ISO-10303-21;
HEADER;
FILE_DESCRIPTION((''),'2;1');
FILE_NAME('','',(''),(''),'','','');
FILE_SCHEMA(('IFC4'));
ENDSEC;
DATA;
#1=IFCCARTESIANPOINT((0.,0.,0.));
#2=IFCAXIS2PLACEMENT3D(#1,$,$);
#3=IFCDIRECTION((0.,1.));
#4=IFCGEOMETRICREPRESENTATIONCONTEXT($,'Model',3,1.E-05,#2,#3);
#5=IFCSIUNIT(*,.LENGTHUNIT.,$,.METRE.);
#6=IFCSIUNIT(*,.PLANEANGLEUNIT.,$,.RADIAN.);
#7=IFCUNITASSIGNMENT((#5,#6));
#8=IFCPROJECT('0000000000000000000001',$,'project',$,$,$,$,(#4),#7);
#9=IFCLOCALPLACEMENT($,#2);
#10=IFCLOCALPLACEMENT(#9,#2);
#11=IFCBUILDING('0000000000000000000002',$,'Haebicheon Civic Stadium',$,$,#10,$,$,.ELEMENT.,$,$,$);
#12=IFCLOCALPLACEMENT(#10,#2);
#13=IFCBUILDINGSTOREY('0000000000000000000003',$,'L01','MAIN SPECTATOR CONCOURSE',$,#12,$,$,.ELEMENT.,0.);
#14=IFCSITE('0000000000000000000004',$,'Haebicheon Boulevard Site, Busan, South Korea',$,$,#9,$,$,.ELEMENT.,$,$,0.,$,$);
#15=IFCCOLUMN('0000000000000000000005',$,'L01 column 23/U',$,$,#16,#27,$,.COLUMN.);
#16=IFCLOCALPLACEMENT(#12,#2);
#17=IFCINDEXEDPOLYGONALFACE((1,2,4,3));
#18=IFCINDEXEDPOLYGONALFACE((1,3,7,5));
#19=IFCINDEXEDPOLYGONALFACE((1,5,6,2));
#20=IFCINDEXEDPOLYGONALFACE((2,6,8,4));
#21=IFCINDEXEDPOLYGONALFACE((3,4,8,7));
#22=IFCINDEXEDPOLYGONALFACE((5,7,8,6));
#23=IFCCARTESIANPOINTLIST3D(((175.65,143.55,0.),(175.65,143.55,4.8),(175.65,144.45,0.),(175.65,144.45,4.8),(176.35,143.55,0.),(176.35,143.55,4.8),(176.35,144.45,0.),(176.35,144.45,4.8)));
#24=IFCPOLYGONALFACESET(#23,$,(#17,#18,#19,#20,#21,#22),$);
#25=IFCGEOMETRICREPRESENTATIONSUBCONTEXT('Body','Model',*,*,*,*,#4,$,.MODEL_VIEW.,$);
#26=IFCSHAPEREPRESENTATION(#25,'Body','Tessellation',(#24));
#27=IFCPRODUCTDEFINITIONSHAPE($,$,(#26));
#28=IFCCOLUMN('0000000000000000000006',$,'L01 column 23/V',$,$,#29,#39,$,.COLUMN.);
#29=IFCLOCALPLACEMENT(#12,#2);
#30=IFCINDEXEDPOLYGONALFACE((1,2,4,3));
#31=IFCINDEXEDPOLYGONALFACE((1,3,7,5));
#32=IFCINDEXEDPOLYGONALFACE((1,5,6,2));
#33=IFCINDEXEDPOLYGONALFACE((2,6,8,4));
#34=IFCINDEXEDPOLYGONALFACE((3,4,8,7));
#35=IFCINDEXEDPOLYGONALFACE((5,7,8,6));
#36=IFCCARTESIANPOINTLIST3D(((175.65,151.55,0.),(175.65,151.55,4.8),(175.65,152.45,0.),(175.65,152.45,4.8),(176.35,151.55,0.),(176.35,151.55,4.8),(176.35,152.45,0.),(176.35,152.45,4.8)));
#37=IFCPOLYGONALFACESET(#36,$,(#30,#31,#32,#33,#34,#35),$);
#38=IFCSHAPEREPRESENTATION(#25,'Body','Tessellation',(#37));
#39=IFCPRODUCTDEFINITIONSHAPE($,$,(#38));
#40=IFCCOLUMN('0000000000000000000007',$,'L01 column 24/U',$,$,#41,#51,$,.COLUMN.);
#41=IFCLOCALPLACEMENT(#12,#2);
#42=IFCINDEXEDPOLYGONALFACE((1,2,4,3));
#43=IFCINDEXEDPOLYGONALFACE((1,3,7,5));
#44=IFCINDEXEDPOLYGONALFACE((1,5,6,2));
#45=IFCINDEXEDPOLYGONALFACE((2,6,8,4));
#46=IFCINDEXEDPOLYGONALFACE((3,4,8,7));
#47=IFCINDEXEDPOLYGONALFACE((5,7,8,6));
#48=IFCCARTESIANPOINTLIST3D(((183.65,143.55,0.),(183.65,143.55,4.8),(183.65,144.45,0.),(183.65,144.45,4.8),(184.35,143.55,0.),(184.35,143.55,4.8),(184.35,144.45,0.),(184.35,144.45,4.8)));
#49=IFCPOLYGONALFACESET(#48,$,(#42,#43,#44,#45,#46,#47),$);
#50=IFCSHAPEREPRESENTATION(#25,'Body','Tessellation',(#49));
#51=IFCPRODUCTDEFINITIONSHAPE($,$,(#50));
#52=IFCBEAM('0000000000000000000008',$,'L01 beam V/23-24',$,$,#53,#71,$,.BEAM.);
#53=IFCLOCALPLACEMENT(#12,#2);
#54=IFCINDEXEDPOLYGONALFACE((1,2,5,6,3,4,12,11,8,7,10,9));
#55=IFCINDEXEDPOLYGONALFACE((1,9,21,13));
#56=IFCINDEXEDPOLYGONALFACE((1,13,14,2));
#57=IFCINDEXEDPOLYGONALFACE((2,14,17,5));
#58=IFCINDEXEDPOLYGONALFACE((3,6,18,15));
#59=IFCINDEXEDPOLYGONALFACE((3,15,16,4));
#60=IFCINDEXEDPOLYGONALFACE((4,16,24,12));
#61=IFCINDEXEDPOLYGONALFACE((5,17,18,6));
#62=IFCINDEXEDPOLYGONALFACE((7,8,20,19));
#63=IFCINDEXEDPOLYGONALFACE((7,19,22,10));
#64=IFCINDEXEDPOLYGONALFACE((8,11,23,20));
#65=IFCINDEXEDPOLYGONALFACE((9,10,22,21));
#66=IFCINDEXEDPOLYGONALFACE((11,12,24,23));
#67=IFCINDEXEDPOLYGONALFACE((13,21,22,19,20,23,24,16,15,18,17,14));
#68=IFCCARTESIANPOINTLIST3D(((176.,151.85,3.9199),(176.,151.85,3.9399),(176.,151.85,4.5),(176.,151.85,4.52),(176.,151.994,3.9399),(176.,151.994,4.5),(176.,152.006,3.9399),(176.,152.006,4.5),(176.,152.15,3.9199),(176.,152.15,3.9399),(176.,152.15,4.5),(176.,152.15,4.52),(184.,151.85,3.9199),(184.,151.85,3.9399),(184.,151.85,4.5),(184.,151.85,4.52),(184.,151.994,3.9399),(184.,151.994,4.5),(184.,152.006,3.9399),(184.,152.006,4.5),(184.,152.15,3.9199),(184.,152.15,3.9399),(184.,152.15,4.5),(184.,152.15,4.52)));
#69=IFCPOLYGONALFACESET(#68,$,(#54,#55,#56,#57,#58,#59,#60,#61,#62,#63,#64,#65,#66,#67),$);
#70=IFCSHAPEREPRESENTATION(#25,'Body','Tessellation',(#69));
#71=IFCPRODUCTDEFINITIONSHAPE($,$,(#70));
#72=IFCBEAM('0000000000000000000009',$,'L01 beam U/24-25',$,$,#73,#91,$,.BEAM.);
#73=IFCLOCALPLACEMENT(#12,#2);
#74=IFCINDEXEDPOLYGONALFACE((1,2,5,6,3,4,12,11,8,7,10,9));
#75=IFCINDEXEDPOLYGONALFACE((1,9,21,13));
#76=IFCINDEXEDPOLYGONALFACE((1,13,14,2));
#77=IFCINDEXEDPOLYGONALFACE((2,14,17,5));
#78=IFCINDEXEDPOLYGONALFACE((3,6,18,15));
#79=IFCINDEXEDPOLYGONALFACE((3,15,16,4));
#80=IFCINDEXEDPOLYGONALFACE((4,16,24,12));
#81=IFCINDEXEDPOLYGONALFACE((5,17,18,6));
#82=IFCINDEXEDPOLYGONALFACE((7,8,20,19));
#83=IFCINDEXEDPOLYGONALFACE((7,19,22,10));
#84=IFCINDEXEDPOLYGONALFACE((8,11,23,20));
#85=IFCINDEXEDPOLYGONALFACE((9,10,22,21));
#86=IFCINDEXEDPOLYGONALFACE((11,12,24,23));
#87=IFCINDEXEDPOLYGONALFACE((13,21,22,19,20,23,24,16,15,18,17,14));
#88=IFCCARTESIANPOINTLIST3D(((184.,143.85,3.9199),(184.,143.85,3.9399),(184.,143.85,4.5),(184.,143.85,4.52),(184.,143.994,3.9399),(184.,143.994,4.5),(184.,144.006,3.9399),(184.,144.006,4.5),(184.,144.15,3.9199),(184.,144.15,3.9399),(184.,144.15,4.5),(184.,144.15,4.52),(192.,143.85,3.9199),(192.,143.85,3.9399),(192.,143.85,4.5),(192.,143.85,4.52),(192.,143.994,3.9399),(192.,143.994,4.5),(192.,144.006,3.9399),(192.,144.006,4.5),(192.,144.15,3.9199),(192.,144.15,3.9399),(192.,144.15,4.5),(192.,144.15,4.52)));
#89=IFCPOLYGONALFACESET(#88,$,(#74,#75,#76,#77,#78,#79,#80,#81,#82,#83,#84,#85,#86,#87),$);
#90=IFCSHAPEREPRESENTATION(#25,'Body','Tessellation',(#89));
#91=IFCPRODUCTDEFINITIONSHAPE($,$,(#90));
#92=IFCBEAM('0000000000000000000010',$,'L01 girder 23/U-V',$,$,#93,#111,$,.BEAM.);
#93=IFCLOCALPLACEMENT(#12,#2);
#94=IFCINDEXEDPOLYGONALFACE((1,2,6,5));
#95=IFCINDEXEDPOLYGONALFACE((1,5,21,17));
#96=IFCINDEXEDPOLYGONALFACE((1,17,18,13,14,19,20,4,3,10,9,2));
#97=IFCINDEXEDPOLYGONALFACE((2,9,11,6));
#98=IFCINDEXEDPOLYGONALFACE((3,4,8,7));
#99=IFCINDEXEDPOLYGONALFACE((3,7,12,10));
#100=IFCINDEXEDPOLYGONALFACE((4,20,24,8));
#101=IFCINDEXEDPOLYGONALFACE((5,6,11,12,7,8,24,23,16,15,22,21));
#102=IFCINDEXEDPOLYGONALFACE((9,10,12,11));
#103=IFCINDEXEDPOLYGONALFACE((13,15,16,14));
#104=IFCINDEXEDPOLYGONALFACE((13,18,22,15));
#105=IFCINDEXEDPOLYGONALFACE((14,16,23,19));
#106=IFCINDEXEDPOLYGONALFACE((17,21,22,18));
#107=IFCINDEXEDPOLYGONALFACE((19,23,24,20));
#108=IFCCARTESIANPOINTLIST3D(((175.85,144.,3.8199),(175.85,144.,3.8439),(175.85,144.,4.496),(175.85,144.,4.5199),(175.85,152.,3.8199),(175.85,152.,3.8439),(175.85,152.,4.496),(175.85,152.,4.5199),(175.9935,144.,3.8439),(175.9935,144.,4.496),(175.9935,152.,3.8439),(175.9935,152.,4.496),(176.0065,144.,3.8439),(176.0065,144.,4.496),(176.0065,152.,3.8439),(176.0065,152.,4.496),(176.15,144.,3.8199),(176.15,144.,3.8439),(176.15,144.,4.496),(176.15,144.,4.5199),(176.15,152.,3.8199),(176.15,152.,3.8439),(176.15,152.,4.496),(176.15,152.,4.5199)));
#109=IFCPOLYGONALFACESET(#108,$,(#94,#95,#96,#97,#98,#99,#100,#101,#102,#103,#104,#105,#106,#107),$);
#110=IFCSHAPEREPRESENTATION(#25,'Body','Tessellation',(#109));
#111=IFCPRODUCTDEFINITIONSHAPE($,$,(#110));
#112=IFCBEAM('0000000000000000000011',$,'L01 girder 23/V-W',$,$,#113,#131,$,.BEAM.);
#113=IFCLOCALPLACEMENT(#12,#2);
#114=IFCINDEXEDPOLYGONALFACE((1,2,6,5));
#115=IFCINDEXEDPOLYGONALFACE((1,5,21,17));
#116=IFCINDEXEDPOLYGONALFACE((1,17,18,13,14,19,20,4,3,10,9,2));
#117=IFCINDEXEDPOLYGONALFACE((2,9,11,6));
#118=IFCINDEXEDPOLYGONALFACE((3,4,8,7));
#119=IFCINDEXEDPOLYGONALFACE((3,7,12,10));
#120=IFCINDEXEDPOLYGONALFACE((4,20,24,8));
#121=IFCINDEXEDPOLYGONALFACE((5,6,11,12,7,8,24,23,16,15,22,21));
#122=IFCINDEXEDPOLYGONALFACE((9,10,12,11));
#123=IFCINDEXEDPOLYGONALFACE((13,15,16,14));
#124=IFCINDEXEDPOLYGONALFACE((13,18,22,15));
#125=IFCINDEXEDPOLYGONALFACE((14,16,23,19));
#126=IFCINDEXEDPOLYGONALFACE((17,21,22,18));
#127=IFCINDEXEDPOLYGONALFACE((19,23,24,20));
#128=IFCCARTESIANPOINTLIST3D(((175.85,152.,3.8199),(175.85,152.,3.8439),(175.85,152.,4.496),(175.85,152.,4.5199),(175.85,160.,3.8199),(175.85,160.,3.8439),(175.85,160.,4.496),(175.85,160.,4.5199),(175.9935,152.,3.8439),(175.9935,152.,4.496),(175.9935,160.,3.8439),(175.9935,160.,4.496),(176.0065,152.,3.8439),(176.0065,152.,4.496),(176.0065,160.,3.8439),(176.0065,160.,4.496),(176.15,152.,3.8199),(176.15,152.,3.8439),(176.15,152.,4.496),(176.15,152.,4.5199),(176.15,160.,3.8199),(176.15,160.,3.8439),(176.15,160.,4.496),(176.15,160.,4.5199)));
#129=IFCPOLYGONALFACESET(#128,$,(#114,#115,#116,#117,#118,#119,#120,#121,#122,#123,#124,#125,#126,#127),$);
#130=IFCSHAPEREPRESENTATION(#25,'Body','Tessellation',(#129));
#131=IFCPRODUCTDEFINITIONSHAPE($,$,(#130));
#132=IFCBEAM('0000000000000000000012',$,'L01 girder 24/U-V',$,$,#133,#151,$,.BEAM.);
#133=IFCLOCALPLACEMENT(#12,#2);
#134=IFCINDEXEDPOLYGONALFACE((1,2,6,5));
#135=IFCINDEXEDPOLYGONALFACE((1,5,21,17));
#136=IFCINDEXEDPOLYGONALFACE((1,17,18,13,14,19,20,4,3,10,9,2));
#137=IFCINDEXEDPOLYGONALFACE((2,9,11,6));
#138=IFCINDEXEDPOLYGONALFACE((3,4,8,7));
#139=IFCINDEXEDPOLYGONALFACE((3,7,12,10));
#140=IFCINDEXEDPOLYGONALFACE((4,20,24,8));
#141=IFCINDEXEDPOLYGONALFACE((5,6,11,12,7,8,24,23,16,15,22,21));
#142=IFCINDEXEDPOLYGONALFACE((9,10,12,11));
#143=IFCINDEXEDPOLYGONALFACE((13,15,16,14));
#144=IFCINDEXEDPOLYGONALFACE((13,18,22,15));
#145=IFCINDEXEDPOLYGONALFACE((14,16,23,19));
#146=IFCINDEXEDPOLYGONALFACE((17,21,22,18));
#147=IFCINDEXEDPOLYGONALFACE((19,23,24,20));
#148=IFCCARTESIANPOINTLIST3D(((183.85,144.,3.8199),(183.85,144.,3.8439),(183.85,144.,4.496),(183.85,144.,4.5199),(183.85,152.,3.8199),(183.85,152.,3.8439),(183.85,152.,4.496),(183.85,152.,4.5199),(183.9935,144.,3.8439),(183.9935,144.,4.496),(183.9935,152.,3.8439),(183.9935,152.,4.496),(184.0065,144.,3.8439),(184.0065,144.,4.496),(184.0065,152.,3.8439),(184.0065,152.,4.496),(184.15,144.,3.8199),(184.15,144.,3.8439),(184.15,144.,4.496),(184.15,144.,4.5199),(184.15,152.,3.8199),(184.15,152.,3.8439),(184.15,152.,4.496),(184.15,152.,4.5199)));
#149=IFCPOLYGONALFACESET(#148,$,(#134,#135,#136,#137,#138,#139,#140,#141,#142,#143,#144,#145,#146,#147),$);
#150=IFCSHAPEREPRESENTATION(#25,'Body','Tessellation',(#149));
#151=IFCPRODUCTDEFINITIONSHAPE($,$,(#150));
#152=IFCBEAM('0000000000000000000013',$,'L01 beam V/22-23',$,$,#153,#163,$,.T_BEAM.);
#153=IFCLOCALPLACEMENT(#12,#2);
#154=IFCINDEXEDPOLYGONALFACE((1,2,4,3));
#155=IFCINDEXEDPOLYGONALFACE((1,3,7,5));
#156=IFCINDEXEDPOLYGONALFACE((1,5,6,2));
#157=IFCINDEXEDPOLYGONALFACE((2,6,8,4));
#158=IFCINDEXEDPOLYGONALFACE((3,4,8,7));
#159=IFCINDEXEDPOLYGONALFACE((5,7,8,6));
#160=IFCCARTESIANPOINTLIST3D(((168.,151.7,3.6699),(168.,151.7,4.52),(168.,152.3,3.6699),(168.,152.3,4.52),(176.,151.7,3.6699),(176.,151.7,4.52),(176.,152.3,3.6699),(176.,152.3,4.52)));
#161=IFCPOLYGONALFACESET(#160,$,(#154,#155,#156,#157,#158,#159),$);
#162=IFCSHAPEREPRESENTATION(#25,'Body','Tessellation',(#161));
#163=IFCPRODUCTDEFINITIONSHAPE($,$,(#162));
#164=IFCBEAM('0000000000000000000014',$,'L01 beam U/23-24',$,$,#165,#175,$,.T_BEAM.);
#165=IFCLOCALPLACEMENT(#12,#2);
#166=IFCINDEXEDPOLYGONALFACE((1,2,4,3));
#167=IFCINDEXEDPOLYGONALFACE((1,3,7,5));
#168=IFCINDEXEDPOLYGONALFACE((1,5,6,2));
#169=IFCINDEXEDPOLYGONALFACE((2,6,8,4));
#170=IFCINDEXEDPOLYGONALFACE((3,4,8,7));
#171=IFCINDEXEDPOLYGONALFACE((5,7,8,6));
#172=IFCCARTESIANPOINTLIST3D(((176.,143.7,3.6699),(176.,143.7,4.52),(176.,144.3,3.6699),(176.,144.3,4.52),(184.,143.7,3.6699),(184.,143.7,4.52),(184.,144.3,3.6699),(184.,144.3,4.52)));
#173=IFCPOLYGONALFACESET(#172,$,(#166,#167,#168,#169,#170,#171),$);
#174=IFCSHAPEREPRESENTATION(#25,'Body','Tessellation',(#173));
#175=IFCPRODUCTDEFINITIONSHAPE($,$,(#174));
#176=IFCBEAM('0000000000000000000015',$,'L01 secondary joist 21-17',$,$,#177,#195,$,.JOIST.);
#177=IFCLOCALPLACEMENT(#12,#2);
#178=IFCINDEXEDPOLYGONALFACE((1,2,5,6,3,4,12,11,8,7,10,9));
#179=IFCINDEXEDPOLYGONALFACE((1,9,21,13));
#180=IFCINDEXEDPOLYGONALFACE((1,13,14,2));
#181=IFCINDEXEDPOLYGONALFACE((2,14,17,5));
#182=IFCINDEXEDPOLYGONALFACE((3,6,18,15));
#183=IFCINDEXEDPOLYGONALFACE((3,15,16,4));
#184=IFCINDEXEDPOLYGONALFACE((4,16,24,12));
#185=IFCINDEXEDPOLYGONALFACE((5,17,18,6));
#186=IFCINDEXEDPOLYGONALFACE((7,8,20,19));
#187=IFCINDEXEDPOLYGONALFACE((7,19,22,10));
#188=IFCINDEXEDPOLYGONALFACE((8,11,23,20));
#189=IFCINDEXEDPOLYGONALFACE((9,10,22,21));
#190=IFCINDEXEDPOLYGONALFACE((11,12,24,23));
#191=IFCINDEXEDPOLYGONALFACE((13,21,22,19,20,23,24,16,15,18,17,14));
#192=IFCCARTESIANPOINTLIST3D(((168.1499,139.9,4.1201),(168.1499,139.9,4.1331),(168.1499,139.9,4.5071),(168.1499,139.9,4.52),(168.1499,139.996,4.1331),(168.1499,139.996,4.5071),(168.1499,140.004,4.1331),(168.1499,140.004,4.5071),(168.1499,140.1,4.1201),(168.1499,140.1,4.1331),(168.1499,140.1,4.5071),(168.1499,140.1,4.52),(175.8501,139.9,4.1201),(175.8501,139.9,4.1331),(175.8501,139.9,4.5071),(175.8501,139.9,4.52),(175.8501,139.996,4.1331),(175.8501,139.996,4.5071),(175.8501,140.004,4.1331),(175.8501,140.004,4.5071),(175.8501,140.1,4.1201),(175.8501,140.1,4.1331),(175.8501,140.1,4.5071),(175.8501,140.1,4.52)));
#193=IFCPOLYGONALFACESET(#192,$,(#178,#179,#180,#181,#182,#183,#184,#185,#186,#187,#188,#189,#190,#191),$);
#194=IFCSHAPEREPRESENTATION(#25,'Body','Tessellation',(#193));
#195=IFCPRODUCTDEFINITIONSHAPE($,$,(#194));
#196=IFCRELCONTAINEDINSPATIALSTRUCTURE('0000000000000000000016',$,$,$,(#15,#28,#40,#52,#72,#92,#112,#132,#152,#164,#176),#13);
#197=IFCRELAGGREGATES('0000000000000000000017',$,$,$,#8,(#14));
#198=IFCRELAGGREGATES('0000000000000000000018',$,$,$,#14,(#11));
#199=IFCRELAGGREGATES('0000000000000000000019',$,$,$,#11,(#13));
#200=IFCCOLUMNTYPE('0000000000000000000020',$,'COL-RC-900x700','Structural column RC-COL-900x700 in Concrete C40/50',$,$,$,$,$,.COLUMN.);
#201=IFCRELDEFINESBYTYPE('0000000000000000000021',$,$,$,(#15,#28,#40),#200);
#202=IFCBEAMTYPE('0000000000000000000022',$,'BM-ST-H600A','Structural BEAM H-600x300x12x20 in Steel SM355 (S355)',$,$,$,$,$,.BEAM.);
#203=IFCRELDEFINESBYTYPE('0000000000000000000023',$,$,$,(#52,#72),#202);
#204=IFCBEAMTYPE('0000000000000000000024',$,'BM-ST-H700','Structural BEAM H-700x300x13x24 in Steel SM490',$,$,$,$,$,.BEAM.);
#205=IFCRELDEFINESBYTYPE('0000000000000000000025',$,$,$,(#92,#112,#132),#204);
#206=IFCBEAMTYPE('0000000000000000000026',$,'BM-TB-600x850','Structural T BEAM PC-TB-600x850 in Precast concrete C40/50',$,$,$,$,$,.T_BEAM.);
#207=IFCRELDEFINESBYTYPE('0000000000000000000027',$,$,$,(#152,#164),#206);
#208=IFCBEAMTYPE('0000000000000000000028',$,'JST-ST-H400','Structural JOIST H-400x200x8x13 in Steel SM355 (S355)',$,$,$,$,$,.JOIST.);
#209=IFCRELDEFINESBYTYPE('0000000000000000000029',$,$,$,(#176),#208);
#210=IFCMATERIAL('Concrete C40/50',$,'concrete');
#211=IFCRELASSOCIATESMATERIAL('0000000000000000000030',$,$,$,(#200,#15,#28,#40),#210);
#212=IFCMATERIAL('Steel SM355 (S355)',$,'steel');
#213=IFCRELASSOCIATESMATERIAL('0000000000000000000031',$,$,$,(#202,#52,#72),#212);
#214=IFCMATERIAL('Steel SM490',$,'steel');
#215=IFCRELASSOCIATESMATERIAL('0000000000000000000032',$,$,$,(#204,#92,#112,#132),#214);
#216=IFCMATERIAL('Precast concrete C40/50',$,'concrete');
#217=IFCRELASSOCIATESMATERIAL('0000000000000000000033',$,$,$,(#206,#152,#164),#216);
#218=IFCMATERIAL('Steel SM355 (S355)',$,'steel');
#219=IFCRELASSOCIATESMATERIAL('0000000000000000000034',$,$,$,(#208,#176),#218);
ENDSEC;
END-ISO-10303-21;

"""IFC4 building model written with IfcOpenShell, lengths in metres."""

from ifc_helpers import new_model, si_unit, direction, frame, origin, origin_2d, place, context, subcontext, project, spatial, rectangle, i_section, extrude, material, material_profile, profile_set, type_object, element, save


model = new_model("IFC4")

# Units and contexts
model_context = context("Model", 3, precision=1e-05, world=origin(), true_north=direction((0.0, 1.0)))
body_context = subcontext(model_context, "Body", "Model", "MODEL_VIEW")
ifc_project = project(units=[si_unit("LENGTHUNIT", "METRE"), si_unit("PLANEANGLEUNIT", "RADIAN")], contexts=[model_context])

# Site, building, storey
site_placement = place(None, origin())
site = spatial("IfcSite", under=ifc_project, at=site_placement, Name="Haebicheon Boulevard Site, Busan, South Korea", CompositionType="ELEMENT", RefElevation=0.0)
building_placement = place(site_placement, origin())
building = spatial("IfcBuilding", under=site, at=building_placement, Name="Haebicheon Civic Stadium", CompositionType="ELEMENT")
storey_placement = place(building_placement, origin())
storey = spatial("IfcBuildingStorey", under=building, at=storey_placement, Name="L01", Description="MAIN SPECTATOR CONCOURSE", CompositionType="ELEMENT", Elevation=0.0)

# Columns
ifc_material_1 = material(Name="Concrete C40/50", Category="concrete")
ifc_material_profile_1 = material_profile(ifc_material_1, rectangle(XDim=0.7, YDim=0.8999, at=origin_2d()), Name="RC-COL-900x700")
ifc_profile_set_1 = profile_set([ifc_material_profile_1], Name="Concrete C40/50")
column_type = type_object("IfcColumnType", Name="COL-RC-900x700", Description="Structural column RC-COL-900x700 in Concrete C40/50", PredefinedType="COLUMN", material=ifc_profile_set_1)
for number, where, z_axis, x_axis, name in (
    (1, (176.0, 144.0, 0.0), (0.0, 0.0, 1.0), (1.0, 0.0, 0.0), "L01 column 23/U"),
    (2, (176.0, 152.0, 0.0), (0.0, 0.0, 1.0), (1.0, 0.0, 0.0), "L01 column 23/V"),
    (3, (184.0, 144.0, 0.0), (0.0, 0.0, 1.0), (1.0, 0.0, 0.0), "L01 column 24/U"),
):
    element("IfcColumn", number, at=place(storey_placement, frame(where, z_axis=z_axis, x_axis=x_axis)), inside=storey, type_object=column_type, material=ifc_profile_set_1, Name=name, PredefinedType="COLUMN", context=body_context, shape_type="SweptSolid", body=[
        extrude(rectangle(XDim=0.7, YDim=0.8999, at=origin_2d()), origin(), (0.0, 0.0, 1.0), 4.8),
    ])

# Beams
ifc_material_2 = material(Name="Steel SM355 (S355)", Category="steel")
ifc_material_profile_2 = material_profile(ifc_material_2, i_section(OverallWidth=0.3, OverallDepth=0.6001, WebThickness=0.012, FlangeThickness=0.02, at=origin_2d()), Name="H-600x300x12x20")
ifc_profile_set_2 = profile_set([ifc_material_profile_2], Name="Steel SM355 (S355)")
beam_type_1 = type_object("IfcBeamType", Name="BM-ST-H600A", Description="Structural BEAM H-600x300x12x20 in Steel SM355 (S355)", PredefinedType="BEAM", material=ifc_profile_set_2)
for number, where, z_axis, x_axis, name in (
    (4, (176.0, 152.0, 4.22), (1.0, 0.0, 0.0), (0.0, 1.0, 0.0), "L01 beam V/23-24"),
    (5, (184.0, 144.0, 4.22), (1.0, 0.0, 0.0), (0.0, 1.0, 0.0), "L01 beam U/24-25"),
):
    element("IfcBeam", number, at=place(storey_placement, frame(where, z_axis=z_axis, x_axis=x_axis)), inside=storey, type_object=beam_type_1, material=ifc_profile_set_2, Name=name, PredefinedType="BEAM", context=body_context, shape_type="SweptSolid", body=[
        extrude(i_section(OverallWidth=0.3, OverallDepth=0.6001, WebThickness=0.012, FlangeThickness=0.02, at=origin_2d()), origin(), (0.0, 0.0, 1.0), 8.0),
    ])
ifc_material_3 = material(Name="Steel SM490", Category="steel")
ifc_material_profile_3 = material_profile(ifc_material_3, i_section(OverallWidth=0.3, OverallDepth=0.7, WebThickness=0.0129, FlangeThickness=0.0239, at=origin_2d()), Name="H-700x300x13x24")
ifc_profile_set_3 = profile_set([ifc_material_profile_3], Name="Steel SM490")
beam_type_2 = type_object("IfcBeamType", Name="BM-ST-H700", Description="Structural BEAM H-700x300x13x24 in Steel SM490", PredefinedType="BEAM", material=ifc_profile_set_3)
for number, where, z_axis, x_axis, name in (
    (6, (176.0, 144.0, 4.1699), (0.0, 1.0, 0.0), (-1.0, 0.0, 0.0), "L01 girder 23/U-V"),
    (7, (176.0, 152.0, 4.1699), (0.0, 1.0, 0.0), (-1.0, 0.0, 0.0), "L01 girder 23/V-W"),
    (8, (184.0, 144.0, 4.1699), (0.0, 1.0, 0.0), (-1.0, 0.0, 0.0), "L01 girder 24/U-V"),
):
    element("IfcBeam", number, at=place(storey_placement, frame(where, z_axis=z_axis, x_axis=x_axis)), inside=storey, type_object=beam_type_2, material=ifc_profile_set_3, Name=name, PredefinedType="BEAM", context=body_context, shape_type="SweptSolid", body=[
        extrude(i_section(OverallWidth=0.3, OverallDepth=0.7, WebThickness=0.0129, FlangeThickness=0.0239, at=origin_2d()), origin(), (0.0, 0.0, 1.0), 8.0),
    ])
ifc_material_4 = material(Name="Precast concrete C40/50", Category="concrete")
ifc_material_profile_4 = material_profile(ifc_material_4, rectangle(XDim=0.6001, YDim=0.8501, at=origin_2d()), Name="PC-TB-600x850")
ifc_profile_set_4 = profile_set([ifc_material_profile_4], Name="Precast concrete C40/50")
beam_type_3 = type_object("IfcBeamType", Name="BM-TB-600x850", Description="Structural T BEAM PC-TB-600x850 in Precast concrete C40/50", PredefinedType="T_BEAM", material=ifc_profile_set_4)
for number, where, z_axis, x_axis, name in (
    (9, (168.0, 152.0, 4.095), (1.0, 0.0, 0.0), (0.0, 1.0, 0.0), "L01 beam V/22-23"),
    (10, (176.0, 144.0, 4.095), (1.0, 0.0, 0.0), (0.0, 1.0, 0.0), "L01 beam U/23-24"),
):
    element("IfcBeam", number, at=place(storey_placement, frame(where, z_axis=z_axis, x_axis=x_axis)), inside=storey, type_object=beam_type_3, material=ifc_profile_set_4, Name=name, PredefinedType="T_BEAM", context=body_context, shape_type="SweptSolid", body=[
        extrude(rectangle(XDim=0.6001, YDim=0.8501, at=origin_2d()), origin(), (0.0, 0.0, 1.0), 8.0),
    ])
ifc_material_5 = material(Name="Steel SM355 (S355)", Category="steel")
ifc_material_profile_5 = material_profile(ifc_material_5, i_section(OverallWidth=0.2, OverallDepth=0.3999, WebThickness=0.0081, FlangeThickness=0.0129, at=origin_2d()), Name="H-400x200x8x13")
ifc_profile_set_5 = profile_set([ifc_material_profile_5], Name="Steel SM355 (S355)")
beam_type_4 = type_object("IfcBeamType", Name="JST-ST-H400", Description="Structural JOIST H-400x200x8x13 in Steel SM355 (S355)", PredefinedType="JOIST", material=ifc_profile_set_5)
for number, where, z_axis, x_axis, name in (
    (11, (168.1499, 140.0, 4.3201), (1.0, 0.0, 0.0), (0.0, 1.0, 0.0), "L01 secondary joist 21-17"),
):
    element("IfcBeam", number, at=place(storey_placement, frame(where, z_axis=z_axis, x_axis=x_axis)), inside=storey, type_object=beam_type_4, material=ifc_profile_set_5, Name=name, PredefinedType="JOIST", context=body_context, shape_type="SweptSolid", body=[
        extrude(i_section(OverallWidth=0.2, OverallDepth=0.3999, WebThickness=0.0081, FlangeThickness=0.0129, at=origin_2d()), origin(), (0.0, 0.0, 1.0), 7.7002),
    ])

save(model, "model.ifc")
